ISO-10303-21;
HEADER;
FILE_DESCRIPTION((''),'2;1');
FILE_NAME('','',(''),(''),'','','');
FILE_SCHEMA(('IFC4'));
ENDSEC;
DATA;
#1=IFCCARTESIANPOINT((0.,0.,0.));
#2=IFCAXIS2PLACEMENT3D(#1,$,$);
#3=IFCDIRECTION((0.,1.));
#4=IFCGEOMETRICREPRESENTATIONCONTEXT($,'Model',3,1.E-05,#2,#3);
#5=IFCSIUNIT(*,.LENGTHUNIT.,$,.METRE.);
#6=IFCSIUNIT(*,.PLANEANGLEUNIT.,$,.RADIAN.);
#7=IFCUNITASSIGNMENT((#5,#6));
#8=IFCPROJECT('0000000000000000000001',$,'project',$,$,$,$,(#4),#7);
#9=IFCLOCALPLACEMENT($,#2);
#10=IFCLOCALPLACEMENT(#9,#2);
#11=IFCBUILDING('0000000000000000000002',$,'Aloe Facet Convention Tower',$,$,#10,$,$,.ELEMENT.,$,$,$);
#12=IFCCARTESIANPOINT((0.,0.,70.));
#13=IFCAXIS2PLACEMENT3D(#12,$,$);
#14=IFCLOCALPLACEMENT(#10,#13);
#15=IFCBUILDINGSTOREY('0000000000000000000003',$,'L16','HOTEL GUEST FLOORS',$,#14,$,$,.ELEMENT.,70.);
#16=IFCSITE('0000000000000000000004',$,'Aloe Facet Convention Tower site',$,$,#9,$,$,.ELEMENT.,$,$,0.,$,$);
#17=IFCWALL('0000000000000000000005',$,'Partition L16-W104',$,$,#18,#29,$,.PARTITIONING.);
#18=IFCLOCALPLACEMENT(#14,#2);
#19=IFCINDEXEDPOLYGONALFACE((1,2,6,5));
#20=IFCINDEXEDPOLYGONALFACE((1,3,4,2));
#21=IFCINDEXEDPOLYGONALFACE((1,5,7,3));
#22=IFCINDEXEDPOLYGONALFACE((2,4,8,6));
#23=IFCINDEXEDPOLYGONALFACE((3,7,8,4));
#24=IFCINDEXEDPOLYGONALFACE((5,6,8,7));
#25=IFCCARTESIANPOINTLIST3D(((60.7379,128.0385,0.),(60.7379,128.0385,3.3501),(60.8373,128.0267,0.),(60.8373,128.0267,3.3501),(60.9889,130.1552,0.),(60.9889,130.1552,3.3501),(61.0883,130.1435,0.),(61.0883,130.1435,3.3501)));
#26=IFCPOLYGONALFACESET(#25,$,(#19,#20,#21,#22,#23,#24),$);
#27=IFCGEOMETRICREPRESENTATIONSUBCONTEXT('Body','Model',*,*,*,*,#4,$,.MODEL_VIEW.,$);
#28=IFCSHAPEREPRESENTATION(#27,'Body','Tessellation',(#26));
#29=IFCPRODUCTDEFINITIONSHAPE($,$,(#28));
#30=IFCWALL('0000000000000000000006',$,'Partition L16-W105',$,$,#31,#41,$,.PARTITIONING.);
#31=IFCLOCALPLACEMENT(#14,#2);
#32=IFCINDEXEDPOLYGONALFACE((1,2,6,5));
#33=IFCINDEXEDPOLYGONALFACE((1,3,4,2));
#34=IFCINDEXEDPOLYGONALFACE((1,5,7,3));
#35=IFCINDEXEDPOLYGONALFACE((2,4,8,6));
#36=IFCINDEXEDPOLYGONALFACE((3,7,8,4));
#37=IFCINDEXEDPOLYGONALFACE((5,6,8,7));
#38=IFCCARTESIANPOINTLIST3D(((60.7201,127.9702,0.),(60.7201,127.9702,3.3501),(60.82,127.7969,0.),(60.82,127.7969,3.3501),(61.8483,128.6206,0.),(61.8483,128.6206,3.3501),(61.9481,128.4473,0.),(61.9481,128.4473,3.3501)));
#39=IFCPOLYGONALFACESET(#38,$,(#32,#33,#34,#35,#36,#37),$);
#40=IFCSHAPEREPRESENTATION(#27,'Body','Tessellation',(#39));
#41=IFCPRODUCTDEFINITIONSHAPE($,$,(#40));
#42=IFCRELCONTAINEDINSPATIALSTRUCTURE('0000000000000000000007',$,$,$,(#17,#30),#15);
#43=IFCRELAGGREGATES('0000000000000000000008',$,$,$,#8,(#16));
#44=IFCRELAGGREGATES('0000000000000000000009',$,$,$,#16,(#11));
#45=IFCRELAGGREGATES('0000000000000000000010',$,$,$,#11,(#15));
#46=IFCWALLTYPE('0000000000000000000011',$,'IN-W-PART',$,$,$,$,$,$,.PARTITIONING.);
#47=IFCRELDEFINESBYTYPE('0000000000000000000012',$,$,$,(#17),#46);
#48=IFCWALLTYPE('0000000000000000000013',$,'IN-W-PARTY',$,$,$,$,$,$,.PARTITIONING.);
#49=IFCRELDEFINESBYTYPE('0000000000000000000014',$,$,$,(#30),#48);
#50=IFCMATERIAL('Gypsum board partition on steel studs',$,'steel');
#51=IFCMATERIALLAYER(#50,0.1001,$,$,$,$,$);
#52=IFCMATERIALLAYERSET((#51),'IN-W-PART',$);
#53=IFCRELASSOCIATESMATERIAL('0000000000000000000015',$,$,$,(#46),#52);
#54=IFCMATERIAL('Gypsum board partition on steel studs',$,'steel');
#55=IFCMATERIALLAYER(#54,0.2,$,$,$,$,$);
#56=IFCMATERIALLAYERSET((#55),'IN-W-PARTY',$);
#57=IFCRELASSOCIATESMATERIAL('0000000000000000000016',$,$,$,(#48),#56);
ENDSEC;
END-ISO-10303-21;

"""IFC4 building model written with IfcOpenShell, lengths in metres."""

from ifc_helpers import new_model, si_unit, direction, frame, frame_2d, origin, place, context, subcontext, project, spatial, rectangle, extrude, material, layer, layer_set, type_object, element, save


model = new_model("IFC4")

# Units and contexts
model_context = context("Model", 3, precision=1e-05, world=origin(), true_north=direction((0.0, 1.0)))
body_context = subcontext(model_context, "Body", "Model", "MODEL_VIEW")
ifc_project = project(units=[si_unit("LENGTHUNIT", "METRE"), si_unit("PLANEANGLEUNIT", "RADIAN")], contexts=[model_context])

# Site, building, storey
site_placement = place(None, origin())
site = spatial("IfcSite", under=ifc_project, at=site_placement, Name="Aloe Facet Convention Tower site", CompositionType="ELEMENT", RefElevation=0.0)
building_placement = place(site_placement, origin())
building = spatial("IfcBuilding", under=site, at=building_placement, Name="Aloe Facet Convention Tower", CompositionType="ELEMENT")
storey_placement = place(building_placement, frame((0.0, 0.0, 70.0)))
storey = spatial("IfcBuildingStorey", under=building, at=storey_placement, Name="L16", Description="HOTEL GUEST FLOORS", CompositionType="ELEMENT", Elevation=70.0)

# Walls
ifc_material_1 = material(Name="Gypsum board partition on steel studs", Category="steel")
ifc_layer_1 = layer(ifc_material_1, 0.1001)
ifc_layer_set_1 = layer_set([ifc_layer_1], Name="IN-W-PART")
wall_type_1 = type_object("IfcWallType", Name="IN-W-PART", PredefinedType="PARTITIONING", material=ifc_layer_set_1)
wall_1_placement = place(storey_placement, frame((60.7876, 128.0325, 0.0), z_axis=(0.0, 0.0, 1.0), x_axis=(0.117745, 0.993044, 0.0)))
element("IfcWall", 1, at=wall_1_placement, inside=storey, type_object=wall_type_1, Name="Partition L16-W104", PredefinedType="PARTITIONING", context=body_context, shape_type="SweptSolid", body=[
    extrude(rectangle(XDim=2.1316, YDim=0.1001, at=frame_2d((1.0659, 0.0))), origin(), (0.0, 0.0, 1.0), 3.3501),
])
ifc_material_2 = material(Name="Gypsum board partition on steel studs", Category="steel")
ifc_layer_2 = layer(ifc_material_2, 0.2)
ifc_layer_set_2 = layer_set([ifc_layer_2], Name="IN-W-PARTY")
wall_type_2 = type_object("IfcWallType", Name="IN-W-PARTY", PredefinedType="PARTITIONING", material=ifc_layer_set_2)
wall_2_placement = place(storey_placement, frame((60.77, 127.8835, 0.0), z_axis=(0.0, 0.0, 1.0), x_axis=(0.866345, 0.499447, 0.0)))
element("IfcWall", 2, at=wall_2_placement, inside=storey, type_object=wall_type_2, Name="Partition L16-W105", PredefinedType="PARTITIONING", context=body_context, shape_type="SweptSolid", body=[
    extrude(rectangle(XDim=1.3022, YDim=0.2, at=frame_2d((0.6511, 0.0))), origin(), (0.0, 0.0, 1.0), 3.3501),
])

save(model, "model.ifc")
